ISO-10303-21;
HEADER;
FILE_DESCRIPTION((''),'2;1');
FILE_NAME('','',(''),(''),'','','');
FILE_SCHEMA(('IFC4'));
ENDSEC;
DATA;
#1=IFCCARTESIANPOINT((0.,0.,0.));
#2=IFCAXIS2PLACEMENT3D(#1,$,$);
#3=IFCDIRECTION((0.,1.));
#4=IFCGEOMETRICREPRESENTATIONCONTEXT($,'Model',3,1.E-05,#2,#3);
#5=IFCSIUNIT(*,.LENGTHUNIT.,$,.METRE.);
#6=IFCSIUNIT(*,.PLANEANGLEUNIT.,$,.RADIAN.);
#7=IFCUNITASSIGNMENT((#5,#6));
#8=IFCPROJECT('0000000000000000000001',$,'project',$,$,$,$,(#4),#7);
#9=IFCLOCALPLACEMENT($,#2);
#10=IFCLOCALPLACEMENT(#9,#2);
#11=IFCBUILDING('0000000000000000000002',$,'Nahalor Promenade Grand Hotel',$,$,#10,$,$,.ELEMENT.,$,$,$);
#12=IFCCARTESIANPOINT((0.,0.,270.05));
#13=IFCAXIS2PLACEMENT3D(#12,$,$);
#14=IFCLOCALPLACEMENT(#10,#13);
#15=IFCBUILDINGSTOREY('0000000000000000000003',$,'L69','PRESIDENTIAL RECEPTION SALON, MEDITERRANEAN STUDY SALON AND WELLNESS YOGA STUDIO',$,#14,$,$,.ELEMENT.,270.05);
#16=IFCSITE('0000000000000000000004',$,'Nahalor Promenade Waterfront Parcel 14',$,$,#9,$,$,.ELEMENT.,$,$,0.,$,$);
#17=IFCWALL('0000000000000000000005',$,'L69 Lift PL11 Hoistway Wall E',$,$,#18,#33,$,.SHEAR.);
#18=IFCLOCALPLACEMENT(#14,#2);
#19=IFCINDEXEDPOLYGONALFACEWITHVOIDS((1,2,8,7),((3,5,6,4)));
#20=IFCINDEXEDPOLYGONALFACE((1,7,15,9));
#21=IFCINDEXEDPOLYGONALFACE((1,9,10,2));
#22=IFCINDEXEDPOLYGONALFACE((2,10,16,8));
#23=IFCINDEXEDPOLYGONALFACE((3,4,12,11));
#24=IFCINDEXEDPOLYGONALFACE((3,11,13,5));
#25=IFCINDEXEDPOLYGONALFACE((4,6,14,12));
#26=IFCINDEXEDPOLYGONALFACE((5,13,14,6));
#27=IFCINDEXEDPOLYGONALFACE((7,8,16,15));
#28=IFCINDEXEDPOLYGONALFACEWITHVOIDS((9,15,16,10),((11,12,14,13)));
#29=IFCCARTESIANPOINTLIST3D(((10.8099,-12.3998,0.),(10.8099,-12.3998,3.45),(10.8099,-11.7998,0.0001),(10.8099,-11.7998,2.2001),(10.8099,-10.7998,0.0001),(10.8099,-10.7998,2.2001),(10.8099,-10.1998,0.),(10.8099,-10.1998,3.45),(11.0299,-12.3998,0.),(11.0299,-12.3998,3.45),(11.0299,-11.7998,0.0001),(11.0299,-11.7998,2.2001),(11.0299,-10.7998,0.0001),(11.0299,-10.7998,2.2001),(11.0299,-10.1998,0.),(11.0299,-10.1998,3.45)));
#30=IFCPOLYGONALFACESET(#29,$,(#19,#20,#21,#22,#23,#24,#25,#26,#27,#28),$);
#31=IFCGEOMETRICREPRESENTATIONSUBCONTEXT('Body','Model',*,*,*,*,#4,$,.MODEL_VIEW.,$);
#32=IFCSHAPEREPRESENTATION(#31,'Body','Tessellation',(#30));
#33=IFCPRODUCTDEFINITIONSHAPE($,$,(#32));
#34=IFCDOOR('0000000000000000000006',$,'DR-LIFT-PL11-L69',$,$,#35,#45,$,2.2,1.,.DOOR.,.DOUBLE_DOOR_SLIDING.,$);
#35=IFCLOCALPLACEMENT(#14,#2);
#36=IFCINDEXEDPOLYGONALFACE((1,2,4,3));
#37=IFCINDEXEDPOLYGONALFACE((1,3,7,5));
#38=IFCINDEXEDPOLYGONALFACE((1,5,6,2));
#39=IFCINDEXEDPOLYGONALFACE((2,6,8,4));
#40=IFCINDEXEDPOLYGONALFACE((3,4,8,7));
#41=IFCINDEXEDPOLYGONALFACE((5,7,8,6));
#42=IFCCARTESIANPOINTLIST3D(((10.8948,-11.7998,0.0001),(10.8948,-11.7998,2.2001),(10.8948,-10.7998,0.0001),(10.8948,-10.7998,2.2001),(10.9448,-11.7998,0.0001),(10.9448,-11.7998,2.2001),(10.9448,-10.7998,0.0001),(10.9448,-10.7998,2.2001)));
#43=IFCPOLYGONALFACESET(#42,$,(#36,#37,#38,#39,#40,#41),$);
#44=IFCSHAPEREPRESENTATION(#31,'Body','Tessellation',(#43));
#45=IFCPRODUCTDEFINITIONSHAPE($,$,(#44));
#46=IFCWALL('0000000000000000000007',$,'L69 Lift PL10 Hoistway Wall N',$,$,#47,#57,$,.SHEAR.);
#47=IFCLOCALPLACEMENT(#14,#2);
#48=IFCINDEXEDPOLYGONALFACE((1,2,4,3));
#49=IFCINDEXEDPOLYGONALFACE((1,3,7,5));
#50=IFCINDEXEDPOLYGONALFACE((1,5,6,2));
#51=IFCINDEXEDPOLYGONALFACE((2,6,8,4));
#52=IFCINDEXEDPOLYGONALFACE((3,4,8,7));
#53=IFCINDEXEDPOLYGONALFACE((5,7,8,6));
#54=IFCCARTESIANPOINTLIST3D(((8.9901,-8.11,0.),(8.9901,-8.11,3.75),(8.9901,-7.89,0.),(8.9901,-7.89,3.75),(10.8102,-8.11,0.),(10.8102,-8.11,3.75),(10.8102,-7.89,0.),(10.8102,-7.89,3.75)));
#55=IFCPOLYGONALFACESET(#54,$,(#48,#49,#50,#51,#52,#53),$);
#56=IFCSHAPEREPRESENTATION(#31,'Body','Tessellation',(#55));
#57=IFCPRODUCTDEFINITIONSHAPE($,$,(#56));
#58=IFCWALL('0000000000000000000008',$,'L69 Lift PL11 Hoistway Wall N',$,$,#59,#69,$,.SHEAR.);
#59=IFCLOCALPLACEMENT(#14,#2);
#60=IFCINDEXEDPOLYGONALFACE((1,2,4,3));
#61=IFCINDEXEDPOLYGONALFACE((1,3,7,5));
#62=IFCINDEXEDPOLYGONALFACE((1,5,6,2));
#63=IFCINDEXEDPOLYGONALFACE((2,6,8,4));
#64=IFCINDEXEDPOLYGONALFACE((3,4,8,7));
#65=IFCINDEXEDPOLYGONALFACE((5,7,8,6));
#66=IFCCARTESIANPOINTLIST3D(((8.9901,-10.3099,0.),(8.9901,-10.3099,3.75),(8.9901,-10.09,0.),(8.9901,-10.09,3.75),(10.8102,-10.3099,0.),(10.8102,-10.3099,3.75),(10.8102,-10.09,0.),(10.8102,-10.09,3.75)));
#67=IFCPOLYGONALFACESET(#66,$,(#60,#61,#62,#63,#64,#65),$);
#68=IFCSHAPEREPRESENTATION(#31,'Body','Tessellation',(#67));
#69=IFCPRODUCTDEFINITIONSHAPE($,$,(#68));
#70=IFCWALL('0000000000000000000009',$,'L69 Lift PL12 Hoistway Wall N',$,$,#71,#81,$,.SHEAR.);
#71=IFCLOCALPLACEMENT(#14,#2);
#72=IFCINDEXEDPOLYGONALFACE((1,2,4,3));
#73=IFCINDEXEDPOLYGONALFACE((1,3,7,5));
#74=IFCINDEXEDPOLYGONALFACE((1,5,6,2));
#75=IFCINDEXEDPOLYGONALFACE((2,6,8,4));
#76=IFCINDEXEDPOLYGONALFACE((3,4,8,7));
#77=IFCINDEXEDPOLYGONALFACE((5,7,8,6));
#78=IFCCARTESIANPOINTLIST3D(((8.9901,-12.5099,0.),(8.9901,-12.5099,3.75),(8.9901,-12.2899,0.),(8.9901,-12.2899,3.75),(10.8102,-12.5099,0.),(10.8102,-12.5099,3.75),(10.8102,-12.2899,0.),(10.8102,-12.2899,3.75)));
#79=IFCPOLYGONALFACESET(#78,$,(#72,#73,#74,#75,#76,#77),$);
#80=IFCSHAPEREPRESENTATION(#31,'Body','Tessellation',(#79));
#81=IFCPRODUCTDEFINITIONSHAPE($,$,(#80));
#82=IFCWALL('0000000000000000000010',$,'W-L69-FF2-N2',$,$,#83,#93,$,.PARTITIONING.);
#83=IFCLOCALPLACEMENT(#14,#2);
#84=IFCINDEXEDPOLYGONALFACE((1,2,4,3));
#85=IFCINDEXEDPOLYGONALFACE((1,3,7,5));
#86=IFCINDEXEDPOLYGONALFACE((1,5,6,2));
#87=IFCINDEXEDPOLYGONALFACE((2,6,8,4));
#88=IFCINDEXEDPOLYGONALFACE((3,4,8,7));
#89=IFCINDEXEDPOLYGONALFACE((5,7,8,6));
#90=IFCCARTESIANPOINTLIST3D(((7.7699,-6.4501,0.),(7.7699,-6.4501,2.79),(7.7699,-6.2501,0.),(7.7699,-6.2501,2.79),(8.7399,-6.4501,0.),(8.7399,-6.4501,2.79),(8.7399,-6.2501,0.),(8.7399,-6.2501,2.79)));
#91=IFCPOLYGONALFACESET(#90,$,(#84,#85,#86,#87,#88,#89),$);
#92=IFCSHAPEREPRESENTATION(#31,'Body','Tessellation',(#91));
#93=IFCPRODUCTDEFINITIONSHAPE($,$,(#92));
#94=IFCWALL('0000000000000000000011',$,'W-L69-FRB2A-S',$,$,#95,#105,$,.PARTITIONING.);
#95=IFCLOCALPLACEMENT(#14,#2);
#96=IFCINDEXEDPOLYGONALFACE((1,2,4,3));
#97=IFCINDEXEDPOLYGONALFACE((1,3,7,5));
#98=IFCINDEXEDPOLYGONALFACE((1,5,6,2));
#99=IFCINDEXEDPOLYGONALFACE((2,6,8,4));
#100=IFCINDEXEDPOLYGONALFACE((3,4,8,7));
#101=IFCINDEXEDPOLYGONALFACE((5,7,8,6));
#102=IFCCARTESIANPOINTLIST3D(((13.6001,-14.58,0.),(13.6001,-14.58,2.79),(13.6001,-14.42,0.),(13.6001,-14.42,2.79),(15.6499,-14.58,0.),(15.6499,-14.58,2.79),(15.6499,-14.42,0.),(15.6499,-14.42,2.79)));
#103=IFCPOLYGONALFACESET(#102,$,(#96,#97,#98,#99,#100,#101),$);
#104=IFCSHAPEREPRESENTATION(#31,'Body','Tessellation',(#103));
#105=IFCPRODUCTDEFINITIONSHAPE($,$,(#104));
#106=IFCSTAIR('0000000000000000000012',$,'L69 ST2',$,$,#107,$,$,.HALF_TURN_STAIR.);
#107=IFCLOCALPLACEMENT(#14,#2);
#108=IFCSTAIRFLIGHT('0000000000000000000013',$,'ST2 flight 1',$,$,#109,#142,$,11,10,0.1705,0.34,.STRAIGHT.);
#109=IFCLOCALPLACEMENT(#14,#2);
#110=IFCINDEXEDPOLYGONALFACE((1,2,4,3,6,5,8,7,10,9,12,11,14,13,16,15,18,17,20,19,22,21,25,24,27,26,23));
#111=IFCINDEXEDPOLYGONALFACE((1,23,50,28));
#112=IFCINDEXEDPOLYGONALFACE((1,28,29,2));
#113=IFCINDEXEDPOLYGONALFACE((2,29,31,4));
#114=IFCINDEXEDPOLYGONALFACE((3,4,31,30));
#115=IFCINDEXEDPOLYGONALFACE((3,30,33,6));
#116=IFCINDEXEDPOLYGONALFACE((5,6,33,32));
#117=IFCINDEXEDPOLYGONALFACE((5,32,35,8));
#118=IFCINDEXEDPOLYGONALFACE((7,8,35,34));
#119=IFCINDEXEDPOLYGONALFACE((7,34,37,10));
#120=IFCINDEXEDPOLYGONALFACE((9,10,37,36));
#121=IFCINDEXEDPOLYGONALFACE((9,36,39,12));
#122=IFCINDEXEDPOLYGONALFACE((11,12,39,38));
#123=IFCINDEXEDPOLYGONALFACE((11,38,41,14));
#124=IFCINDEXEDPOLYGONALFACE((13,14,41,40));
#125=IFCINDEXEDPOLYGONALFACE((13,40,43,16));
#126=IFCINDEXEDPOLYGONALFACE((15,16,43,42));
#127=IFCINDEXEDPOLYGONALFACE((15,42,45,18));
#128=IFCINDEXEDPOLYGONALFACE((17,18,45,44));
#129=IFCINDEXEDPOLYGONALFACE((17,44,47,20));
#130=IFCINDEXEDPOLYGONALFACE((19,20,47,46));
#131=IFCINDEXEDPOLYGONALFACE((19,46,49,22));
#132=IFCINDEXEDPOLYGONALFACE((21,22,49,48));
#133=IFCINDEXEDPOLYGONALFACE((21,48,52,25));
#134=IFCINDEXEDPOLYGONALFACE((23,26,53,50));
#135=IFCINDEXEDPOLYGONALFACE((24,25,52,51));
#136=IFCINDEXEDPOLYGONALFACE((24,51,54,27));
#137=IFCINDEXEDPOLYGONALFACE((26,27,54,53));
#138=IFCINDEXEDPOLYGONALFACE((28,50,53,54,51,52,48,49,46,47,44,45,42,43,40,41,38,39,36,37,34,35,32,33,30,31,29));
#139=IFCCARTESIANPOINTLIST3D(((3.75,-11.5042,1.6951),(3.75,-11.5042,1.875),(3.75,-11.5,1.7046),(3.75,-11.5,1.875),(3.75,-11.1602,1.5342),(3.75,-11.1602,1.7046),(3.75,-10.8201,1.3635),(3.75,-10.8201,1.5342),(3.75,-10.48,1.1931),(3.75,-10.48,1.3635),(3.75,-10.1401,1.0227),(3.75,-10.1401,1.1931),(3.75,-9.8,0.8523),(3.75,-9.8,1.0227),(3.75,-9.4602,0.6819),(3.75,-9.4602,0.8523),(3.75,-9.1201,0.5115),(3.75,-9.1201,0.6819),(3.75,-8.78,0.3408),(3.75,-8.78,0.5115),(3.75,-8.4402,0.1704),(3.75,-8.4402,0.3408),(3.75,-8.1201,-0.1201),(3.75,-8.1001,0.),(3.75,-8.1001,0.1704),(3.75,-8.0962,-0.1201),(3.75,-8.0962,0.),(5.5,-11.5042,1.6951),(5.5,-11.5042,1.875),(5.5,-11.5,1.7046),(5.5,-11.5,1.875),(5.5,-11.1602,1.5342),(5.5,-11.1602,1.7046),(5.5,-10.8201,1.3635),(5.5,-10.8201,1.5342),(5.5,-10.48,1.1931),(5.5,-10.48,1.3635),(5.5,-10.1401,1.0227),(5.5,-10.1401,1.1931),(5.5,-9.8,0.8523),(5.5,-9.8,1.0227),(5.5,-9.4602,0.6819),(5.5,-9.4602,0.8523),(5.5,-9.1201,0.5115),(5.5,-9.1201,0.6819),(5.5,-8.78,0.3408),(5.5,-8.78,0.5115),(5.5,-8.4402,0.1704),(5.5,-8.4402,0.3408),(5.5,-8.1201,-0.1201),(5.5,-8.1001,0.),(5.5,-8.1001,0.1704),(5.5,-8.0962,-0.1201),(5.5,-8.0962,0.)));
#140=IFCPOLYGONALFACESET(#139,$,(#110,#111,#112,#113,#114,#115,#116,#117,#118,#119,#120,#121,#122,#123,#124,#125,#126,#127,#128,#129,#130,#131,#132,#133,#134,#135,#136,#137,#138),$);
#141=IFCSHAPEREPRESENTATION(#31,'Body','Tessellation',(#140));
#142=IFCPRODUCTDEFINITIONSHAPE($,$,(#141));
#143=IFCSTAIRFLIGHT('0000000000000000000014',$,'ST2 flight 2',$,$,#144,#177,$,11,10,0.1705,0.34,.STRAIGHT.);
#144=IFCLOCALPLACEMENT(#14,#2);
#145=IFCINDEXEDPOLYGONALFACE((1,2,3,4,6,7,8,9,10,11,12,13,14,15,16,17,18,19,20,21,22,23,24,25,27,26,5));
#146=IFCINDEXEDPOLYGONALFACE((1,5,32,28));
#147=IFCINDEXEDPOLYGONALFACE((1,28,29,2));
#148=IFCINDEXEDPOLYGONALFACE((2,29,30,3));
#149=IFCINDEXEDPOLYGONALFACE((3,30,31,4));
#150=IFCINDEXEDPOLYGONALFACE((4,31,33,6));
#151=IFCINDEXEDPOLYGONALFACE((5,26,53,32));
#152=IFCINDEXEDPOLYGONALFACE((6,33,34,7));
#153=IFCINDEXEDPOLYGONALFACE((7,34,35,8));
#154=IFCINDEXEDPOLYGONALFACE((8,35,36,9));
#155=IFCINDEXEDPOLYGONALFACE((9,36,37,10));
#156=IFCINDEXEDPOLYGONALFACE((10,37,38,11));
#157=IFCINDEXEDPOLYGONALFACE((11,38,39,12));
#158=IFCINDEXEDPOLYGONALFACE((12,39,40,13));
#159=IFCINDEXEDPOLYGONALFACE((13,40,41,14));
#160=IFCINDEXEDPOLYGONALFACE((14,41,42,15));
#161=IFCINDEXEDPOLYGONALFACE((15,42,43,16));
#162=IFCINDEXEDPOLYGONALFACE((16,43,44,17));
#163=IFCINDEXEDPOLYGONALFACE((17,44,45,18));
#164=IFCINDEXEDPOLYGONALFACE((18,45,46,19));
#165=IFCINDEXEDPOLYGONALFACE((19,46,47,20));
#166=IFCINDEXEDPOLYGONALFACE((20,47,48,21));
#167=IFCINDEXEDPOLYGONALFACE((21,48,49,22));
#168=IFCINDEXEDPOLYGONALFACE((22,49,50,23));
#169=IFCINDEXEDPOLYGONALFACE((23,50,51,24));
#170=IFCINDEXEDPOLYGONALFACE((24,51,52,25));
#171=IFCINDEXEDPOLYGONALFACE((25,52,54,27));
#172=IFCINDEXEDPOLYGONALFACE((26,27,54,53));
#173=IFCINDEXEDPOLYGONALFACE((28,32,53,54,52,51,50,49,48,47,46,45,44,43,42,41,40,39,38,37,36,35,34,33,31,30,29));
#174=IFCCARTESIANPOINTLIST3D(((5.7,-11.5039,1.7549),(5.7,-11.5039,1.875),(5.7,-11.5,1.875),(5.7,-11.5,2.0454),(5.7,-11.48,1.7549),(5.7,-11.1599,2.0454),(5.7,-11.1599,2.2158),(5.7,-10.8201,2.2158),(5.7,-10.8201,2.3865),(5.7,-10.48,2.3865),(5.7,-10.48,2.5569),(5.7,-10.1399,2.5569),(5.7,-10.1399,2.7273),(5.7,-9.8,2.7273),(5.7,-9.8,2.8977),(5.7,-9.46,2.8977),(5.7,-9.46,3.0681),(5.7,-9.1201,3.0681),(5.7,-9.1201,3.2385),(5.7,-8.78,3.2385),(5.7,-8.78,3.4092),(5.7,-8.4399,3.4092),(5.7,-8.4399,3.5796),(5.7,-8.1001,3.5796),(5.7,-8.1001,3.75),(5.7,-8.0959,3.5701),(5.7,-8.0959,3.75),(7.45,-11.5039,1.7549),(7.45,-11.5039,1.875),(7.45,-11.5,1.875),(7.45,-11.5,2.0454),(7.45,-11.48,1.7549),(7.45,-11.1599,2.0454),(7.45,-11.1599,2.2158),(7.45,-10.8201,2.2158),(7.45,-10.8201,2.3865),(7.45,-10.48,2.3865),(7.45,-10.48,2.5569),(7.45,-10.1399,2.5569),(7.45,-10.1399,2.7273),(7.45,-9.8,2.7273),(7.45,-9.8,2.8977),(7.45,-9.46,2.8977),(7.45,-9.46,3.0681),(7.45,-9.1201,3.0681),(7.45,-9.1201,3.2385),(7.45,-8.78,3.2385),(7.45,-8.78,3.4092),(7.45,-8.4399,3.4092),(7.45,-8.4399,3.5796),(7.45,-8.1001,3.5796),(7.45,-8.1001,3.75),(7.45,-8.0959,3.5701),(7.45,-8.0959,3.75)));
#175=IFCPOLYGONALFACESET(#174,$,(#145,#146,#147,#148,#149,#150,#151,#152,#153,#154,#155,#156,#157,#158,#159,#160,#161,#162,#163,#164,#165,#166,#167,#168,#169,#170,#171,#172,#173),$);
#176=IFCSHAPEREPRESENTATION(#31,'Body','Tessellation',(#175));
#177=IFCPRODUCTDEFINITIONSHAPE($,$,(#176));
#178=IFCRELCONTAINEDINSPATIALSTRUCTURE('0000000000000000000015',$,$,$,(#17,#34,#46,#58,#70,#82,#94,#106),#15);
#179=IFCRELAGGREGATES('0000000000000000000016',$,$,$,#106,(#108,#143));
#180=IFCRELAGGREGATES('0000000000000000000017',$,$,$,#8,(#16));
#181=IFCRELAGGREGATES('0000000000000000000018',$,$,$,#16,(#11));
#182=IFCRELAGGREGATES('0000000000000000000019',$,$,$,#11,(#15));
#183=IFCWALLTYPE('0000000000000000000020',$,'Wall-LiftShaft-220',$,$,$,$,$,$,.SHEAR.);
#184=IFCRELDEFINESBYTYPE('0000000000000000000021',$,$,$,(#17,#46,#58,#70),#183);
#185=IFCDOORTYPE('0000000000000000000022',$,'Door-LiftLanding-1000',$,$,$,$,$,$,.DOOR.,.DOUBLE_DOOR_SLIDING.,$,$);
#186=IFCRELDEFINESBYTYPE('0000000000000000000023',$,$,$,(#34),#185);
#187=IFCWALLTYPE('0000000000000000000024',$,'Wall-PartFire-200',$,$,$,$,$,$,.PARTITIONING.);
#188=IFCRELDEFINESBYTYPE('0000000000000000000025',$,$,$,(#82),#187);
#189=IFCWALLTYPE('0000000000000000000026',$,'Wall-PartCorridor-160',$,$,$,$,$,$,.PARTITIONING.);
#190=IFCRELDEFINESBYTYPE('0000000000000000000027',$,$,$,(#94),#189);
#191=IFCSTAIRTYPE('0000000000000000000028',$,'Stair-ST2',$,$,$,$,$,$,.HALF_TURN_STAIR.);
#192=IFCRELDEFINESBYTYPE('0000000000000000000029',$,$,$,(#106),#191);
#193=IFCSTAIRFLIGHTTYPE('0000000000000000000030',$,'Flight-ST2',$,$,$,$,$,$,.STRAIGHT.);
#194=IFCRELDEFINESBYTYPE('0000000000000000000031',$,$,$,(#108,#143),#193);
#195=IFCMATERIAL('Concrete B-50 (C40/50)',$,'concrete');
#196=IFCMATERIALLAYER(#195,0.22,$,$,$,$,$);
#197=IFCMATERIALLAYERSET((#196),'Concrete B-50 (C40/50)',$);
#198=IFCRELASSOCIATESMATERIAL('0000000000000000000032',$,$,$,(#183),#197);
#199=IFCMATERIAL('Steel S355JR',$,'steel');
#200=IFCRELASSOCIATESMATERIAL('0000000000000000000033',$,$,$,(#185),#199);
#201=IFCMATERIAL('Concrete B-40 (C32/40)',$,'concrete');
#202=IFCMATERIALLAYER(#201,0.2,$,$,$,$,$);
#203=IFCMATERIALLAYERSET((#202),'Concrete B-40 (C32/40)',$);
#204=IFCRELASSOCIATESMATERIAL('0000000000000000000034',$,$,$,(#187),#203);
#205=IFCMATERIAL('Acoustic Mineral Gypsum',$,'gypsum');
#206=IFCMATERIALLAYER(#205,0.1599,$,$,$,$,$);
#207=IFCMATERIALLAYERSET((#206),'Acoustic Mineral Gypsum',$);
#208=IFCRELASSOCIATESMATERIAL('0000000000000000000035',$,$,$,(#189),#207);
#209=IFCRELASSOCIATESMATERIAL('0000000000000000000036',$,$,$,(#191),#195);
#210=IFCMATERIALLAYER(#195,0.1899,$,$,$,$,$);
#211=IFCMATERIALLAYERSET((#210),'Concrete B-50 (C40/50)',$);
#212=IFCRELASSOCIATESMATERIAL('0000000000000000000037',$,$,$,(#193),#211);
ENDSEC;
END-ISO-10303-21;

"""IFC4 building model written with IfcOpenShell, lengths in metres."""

from ifc_helpers import new_model, si_unit, direction, frame, frame_2d, origin, place, context, subcontext, project, spatial, polyline, rectangle, outline, extrude, source, transform, mapped, material, layer, layer_set, type_object, element, fill, aggregate, save


model = new_model("IFC4")

# Units and contexts
model_context = context("Model", 3, precision=1e-05, world=origin(), true_north=direction((0.0, 1.0)))
body_context = subcontext(model_context, "Body", "Model", "MODEL_VIEW")
ifc_project = project(units=[si_unit("LENGTHUNIT", "METRE"), si_unit("PLANEANGLEUNIT", "RADIAN")], contexts=[model_context])

# Site, building, storey
site_placement = place(None, origin())
site = spatial("IfcSite", under=ifc_project, at=site_placement, Name="Nahalor Promenade Waterfront Parcel 14", CompositionType="ELEMENT", RefElevation=0.0)
building_placement = place(site_placement, origin())
building = spatial("IfcBuilding", under=site, at=building_placement, Name="Nahalor Promenade Grand Hotel", CompositionType="ELEMENT")
storey_placement = place(building_placement, frame((0.0, 0.0, 270.05)))
storey = spatial("IfcBuildingStorey", under=building, at=storey_placement, Name="L69", Description="PRESIDENTIAL RECEPTION SALON, MEDITERRANEAN STUDY SALON AND WELLNESS YOGA STUDIO", CompositionType="ELEMENT", Elevation=270.05)

# Shared definitions
ifc_material_1 = material(Name="Steel S355JR", Category="steel")

# Shared definitions
ifc_material_2 = material(Name="Concrete B-50 (C40/50)", Category="concrete")
ifc_layer_1 = layer(ifc_material_2, 0.22)
ifc_layer_set_1 = layer_set([ifc_layer_1], Name="Concrete B-50 (C40/50)")
wall_type_1 = type_object("IfcWallType", Name="Wall-LiftShaft-220", PredefinedType="SHEAR", material=ifc_layer_set_1)

# Shared definitions
door_type = type_object("IfcDoorType", Name="Door-LiftLanding-1000", OperationType="DOUBLE_DOOR_SLIDING", PredefinedType="DOOR", material=ifc_material_1)
shared_shape_1 = source(origin(), body_context, "Body", "SweptSolid", [
    extrude(rectangle(XDim=1.0, YDim=2.2, at=frame_2d((0.5, 1.1001))), frame((0.0, 0.0249, 0.0), z_axis=(0.0, -1.0, 0.0), x_axis=(1.0, 0.0, 0.0)), (0.0, 0.0, 1.0), 0.05),
])

# Shared definitions
shared_shape_2 = source(origin(), body_context, "Body", "SweptSolid", [
    extrude(rectangle(XDim=2.2, YDim=0.22, at=frame_2d((1.1001, 0.0))), origin(), (0.0, 0.0, 1.0), 3.45),
])

# Wall, opening, door
wall_1_placement = place(storey_placement, frame((10.9199, -12.3999, 0.0), z_axis=(0.0, 0.0, 1.0), x_axis=(0.0, 1.0, 0.0)))
wall_1 = element("IfcWall", 1, at=wall_1_placement, inside=storey, type_object=wall_type_1, Name="L69 Lift PL11 Hoistway Wall E", PredefinedType="SHEAR", context=body_context, shape_type="MappedRepresentation", body=[
    mapped(shared_shape_2, transform((0.0, 0.0, 0.0), scale=1.0)),
])
opening_1_placement = place(wall_1_placement, frame((0.6001, 0.0, 0.0)))
opening_1 = element("IfcOpeningElement", 2, at=opening_1_placement, cuts=wall_1, PredefinedType="OPENING", context=body_context, shape_type="SweptSolid", body=[
    extrude(rectangle(XDim=1.0, YDim=2.2, at=frame_2d((0.5, 1.1001))), frame((0.0, 0.1199, 0.0), z_axis=(0.0, -1.0, 0.0), x_axis=(1.0, 0.0, 0.0)), (0.0, 0.0, 1.0), 0.24),
])
door_1_placement = place(opening_1_placement, frame((1.0, 0.0, 0.0), z_axis=(0.0, 0.0, 1.0), x_axis=(-1.0, 0.0, 0.0)))
door_1 = element("IfcDoor", 3, at=door_1_placement, inside=storey, type_object=door_type, Name="DR-LIFT-PL11-L69", OperationType="DOUBLE_DOOR_SLIDING", OverallHeight=2.2, OverallWidth=1.0, PredefinedType="DOOR", context=body_context, shape_type="MappedRepresentation", body=[
    mapped(shared_shape_1, transform((0.0, 0.0, 0.0), scale=1.0)),
])
fill(opening_1, door_1)

# Walls
shared_shape_3 = source(origin(), body_context, "Body", "SweptSolid", [
    extrude(rectangle(XDim=1.8201, YDim=0.22, at=frame_2d((0.9102, 0.0))), origin(), (0.0, 0.0, 1.0), 3.75),
])
for number, where, z_axis, x_axis, name in (
    (4, (8.99, -8.0, 0.0), (0.0, 0.0, 1.0), (1.0, 0.0, 0.0), "L69 Lift PL10 Hoistway Wall N"),
    (5, (8.99, -10.2, 0.0), (0.0, 0.0, 1.0), (1.0, 0.0, 0.0), "L69 Lift PL11 Hoistway Wall N"),
    (6, (8.99, -12.3999, 0.0), (0.0, 0.0, 1.0), (1.0, 0.0, 0.0), "L69 Lift PL12 Hoistway Wall N"),
):
    element("IfcWall", number, at=place(storey_placement, frame(where, z_axis=z_axis, x_axis=x_axis)), inside=storey, type_object=wall_type_1, Name=name, PredefinedType="SHEAR", context=body_context, shape_type="MappedRepresentation", body=[
        mapped(shared_shape_3, transform((0.0, 0.0, 0.0), scale=1.0)),
    ])
ifc_material_3 = material(Name="Concrete B-40 (C32/40)", Category="concrete")
ifc_layer_2 = layer(ifc_material_3, 0.2)
ifc_layer_set_2 = layer_set([ifc_layer_2], Name="Concrete B-40 (C32/40)")
wall_type_2 = type_object("IfcWallType", Name="Wall-PartFire-200", PredefinedType="PARTITIONING", material=ifc_layer_set_2)
shared_shape_4 = source(origin(), body_context, "Body", "SweptSolid", [
    extrude(rectangle(XDim=0.97, YDim=0.2, at=frame_2d((0.4849, 0.0))), origin(), (0.0, 0.0, 1.0), 2.79),
])
wall_2_placement = place(storey_placement, frame((7.77, -6.3501, 0.0), z_axis=(0.0, 0.0, 1.0), x_axis=(1.0, 0.0, 0.0)))
element("IfcWall", 7, at=wall_2_placement, inside=storey, type_object=wall_type_2, Name="W-L69-FF2-N2", PredefinedType="PARTITIONING", context=body_context, shape_type="MappedRepresentation", body=[
    mapped(shared_shape_4, transform((0.0, 0.0, 0.0), scale=1.0)),
])
ifc_material_4 = material(Name="Acoustic Mineral Gypsum", Category="gypsum")
ifc_layer_3 = layer(ifc_material_4, 0.1599)
ifc_layer_set_3 = layer_set([ifc_layer_3], Name="Acoustic Mineral Gypsum")
wall_type_3 = type_object("IfcWallType", Name="Wall-PartCorridor-160", PredefinedType="PARTITIONING", material=ifc_layer_set_3)
shared_shape_5 = source(origin(), body_context, "Body", "SweptSolid", [
    extrude(rectangle(XDim=2.0498, YDim=0.1599, at=frame_2d((1.0249, 0.0))), origin(), (0.0, 0.0, 1.0), 2.79),
])
wall_3_placement = place(storey_placement, frame((13.6001, -14.5, 0.0), z_axis=(0.0, 0.0, 1.0), x_axis=(1.0, 0.0, 0.0)))
element("IfcWall", 8, at=wall_3_placement, inside=storey, type_object=wall_type_3, Name="W-L69-FRB2A-S", PredefinedType="PARTITIONING", context=body_context, shape_type="MappedRepresentation", body=[
    mapped(shared_shape_5, transform((0.0, 0.0, 0.0), scale=1.0)),
])

# Stair, stair flights
stair_type = type_object("IfcStairType", Name="Stair-ST2", PredefinedType="HALF_TURN_STAIR", material=ifc_material_2)
stair_placement = place(storey_placement, origin())
stair = element("IfcStair", 9, at=stair_placement, inside=storey, type_object=stair_type, Name="L69 ST2", PredefinedType="HALF_TURN_STAIR")
ifc_layer_4 = layer(ifc_material_2, 0.1899)
ifc_layer_set_4 = layer_set([ifc_layer_4], Name="Concrete B-50 (C40/50)")
stair_flight_type = type_object("IfcStairFlightType", Name="Flight-ST2", PredefinedType="STRAIGHT", material=ifc_layer_set_4)
shared_shape_6 = source(origin(), body_context, "Body", "SweptSolid", [
    extrude(outline(polyline([(-0.0039, -0.1201), (-0.0039, 0.0), (0.0, 0.0), (0.0, 0.1704), (0.3401, 0.1704), (0.3401, 0.3408), (0.6799, 0.3408), (0.6799, 0.5115), (1.02, 0.5115), (1.02, 0.6819), (1.3601, 0.6819), (1.3601, 0.8523), (1.7, 0.8523), (1.7, 1.0227), (2.04, 1.0227), (2.04, 1.1931), (2.3799, 1.1931), (2.3799, 1.3635), (2.72, 1.3635), (2.72, 1.5342), (3.0601, 1.5342), (3.0601, 1.7046), (3.3999, 1.7046), (3.3999, 1.875), (3.4041, 1.875), (3.4041, 1.6951), (0.02, -0.1201), (-0.0039, -0.1201)])), frame((0.0, 0.875, 0.0), z_axis=(0.0, -1.0, 0.0), x_axis=(1.0, 0.0, 0.0)), (0.0, 0.0, 1.0), 1.75),
])
stair_flight_1_placement = place(storey_placement, frame((4.625, -8.1001, 0.0), z_axis=(0.0, 0.0, 1.0), x_axis=(0.0, -1.0, 0.0)))
stair_flight_1 = element("IfcStairFlight", 10, at=stair_flight_1_placement, type_object=stair_flight_type, Name="ST2 flight 1", NumberOfRisers=11, NumberOfTreads=10, PredefinedType="STRAIGHT", RiserHeight=0.1705, TreadLength=0.34, context=body_context, shape_type="MappedRepresentation", body=[
    mapped(shared_shape_6, transform((0.0, 0.0, 0.0), scale=1.0)),
])
stair_flight_2_placement = place(storey_placement, frame((6.575, -11.5, 1.875), z_axis=(0.0, 0.0, 1.0), x_axis=(0.0, 1.0, 0.0)))
stair_flight_2 = element("IfcStairFlight", 11, at=stair_flight_2_placement, type_object=stair_flight_type, Name="ST2 flight 2", NumberOfRisers=11, NumberOfTreads=10, PredefinedType="STRAIGHT", RiserHeight=0.1705, TreadLength=0.34, context=body_context, shape_type="MappedRepresentation", body=[
    mapped(shared_shape_6, transform((0.0, 0.0, 0.0), scale=1.0)),
])
aggregate(stair, [stair_flight_1, stair_flight_2])

save(model, "model.ifc")
